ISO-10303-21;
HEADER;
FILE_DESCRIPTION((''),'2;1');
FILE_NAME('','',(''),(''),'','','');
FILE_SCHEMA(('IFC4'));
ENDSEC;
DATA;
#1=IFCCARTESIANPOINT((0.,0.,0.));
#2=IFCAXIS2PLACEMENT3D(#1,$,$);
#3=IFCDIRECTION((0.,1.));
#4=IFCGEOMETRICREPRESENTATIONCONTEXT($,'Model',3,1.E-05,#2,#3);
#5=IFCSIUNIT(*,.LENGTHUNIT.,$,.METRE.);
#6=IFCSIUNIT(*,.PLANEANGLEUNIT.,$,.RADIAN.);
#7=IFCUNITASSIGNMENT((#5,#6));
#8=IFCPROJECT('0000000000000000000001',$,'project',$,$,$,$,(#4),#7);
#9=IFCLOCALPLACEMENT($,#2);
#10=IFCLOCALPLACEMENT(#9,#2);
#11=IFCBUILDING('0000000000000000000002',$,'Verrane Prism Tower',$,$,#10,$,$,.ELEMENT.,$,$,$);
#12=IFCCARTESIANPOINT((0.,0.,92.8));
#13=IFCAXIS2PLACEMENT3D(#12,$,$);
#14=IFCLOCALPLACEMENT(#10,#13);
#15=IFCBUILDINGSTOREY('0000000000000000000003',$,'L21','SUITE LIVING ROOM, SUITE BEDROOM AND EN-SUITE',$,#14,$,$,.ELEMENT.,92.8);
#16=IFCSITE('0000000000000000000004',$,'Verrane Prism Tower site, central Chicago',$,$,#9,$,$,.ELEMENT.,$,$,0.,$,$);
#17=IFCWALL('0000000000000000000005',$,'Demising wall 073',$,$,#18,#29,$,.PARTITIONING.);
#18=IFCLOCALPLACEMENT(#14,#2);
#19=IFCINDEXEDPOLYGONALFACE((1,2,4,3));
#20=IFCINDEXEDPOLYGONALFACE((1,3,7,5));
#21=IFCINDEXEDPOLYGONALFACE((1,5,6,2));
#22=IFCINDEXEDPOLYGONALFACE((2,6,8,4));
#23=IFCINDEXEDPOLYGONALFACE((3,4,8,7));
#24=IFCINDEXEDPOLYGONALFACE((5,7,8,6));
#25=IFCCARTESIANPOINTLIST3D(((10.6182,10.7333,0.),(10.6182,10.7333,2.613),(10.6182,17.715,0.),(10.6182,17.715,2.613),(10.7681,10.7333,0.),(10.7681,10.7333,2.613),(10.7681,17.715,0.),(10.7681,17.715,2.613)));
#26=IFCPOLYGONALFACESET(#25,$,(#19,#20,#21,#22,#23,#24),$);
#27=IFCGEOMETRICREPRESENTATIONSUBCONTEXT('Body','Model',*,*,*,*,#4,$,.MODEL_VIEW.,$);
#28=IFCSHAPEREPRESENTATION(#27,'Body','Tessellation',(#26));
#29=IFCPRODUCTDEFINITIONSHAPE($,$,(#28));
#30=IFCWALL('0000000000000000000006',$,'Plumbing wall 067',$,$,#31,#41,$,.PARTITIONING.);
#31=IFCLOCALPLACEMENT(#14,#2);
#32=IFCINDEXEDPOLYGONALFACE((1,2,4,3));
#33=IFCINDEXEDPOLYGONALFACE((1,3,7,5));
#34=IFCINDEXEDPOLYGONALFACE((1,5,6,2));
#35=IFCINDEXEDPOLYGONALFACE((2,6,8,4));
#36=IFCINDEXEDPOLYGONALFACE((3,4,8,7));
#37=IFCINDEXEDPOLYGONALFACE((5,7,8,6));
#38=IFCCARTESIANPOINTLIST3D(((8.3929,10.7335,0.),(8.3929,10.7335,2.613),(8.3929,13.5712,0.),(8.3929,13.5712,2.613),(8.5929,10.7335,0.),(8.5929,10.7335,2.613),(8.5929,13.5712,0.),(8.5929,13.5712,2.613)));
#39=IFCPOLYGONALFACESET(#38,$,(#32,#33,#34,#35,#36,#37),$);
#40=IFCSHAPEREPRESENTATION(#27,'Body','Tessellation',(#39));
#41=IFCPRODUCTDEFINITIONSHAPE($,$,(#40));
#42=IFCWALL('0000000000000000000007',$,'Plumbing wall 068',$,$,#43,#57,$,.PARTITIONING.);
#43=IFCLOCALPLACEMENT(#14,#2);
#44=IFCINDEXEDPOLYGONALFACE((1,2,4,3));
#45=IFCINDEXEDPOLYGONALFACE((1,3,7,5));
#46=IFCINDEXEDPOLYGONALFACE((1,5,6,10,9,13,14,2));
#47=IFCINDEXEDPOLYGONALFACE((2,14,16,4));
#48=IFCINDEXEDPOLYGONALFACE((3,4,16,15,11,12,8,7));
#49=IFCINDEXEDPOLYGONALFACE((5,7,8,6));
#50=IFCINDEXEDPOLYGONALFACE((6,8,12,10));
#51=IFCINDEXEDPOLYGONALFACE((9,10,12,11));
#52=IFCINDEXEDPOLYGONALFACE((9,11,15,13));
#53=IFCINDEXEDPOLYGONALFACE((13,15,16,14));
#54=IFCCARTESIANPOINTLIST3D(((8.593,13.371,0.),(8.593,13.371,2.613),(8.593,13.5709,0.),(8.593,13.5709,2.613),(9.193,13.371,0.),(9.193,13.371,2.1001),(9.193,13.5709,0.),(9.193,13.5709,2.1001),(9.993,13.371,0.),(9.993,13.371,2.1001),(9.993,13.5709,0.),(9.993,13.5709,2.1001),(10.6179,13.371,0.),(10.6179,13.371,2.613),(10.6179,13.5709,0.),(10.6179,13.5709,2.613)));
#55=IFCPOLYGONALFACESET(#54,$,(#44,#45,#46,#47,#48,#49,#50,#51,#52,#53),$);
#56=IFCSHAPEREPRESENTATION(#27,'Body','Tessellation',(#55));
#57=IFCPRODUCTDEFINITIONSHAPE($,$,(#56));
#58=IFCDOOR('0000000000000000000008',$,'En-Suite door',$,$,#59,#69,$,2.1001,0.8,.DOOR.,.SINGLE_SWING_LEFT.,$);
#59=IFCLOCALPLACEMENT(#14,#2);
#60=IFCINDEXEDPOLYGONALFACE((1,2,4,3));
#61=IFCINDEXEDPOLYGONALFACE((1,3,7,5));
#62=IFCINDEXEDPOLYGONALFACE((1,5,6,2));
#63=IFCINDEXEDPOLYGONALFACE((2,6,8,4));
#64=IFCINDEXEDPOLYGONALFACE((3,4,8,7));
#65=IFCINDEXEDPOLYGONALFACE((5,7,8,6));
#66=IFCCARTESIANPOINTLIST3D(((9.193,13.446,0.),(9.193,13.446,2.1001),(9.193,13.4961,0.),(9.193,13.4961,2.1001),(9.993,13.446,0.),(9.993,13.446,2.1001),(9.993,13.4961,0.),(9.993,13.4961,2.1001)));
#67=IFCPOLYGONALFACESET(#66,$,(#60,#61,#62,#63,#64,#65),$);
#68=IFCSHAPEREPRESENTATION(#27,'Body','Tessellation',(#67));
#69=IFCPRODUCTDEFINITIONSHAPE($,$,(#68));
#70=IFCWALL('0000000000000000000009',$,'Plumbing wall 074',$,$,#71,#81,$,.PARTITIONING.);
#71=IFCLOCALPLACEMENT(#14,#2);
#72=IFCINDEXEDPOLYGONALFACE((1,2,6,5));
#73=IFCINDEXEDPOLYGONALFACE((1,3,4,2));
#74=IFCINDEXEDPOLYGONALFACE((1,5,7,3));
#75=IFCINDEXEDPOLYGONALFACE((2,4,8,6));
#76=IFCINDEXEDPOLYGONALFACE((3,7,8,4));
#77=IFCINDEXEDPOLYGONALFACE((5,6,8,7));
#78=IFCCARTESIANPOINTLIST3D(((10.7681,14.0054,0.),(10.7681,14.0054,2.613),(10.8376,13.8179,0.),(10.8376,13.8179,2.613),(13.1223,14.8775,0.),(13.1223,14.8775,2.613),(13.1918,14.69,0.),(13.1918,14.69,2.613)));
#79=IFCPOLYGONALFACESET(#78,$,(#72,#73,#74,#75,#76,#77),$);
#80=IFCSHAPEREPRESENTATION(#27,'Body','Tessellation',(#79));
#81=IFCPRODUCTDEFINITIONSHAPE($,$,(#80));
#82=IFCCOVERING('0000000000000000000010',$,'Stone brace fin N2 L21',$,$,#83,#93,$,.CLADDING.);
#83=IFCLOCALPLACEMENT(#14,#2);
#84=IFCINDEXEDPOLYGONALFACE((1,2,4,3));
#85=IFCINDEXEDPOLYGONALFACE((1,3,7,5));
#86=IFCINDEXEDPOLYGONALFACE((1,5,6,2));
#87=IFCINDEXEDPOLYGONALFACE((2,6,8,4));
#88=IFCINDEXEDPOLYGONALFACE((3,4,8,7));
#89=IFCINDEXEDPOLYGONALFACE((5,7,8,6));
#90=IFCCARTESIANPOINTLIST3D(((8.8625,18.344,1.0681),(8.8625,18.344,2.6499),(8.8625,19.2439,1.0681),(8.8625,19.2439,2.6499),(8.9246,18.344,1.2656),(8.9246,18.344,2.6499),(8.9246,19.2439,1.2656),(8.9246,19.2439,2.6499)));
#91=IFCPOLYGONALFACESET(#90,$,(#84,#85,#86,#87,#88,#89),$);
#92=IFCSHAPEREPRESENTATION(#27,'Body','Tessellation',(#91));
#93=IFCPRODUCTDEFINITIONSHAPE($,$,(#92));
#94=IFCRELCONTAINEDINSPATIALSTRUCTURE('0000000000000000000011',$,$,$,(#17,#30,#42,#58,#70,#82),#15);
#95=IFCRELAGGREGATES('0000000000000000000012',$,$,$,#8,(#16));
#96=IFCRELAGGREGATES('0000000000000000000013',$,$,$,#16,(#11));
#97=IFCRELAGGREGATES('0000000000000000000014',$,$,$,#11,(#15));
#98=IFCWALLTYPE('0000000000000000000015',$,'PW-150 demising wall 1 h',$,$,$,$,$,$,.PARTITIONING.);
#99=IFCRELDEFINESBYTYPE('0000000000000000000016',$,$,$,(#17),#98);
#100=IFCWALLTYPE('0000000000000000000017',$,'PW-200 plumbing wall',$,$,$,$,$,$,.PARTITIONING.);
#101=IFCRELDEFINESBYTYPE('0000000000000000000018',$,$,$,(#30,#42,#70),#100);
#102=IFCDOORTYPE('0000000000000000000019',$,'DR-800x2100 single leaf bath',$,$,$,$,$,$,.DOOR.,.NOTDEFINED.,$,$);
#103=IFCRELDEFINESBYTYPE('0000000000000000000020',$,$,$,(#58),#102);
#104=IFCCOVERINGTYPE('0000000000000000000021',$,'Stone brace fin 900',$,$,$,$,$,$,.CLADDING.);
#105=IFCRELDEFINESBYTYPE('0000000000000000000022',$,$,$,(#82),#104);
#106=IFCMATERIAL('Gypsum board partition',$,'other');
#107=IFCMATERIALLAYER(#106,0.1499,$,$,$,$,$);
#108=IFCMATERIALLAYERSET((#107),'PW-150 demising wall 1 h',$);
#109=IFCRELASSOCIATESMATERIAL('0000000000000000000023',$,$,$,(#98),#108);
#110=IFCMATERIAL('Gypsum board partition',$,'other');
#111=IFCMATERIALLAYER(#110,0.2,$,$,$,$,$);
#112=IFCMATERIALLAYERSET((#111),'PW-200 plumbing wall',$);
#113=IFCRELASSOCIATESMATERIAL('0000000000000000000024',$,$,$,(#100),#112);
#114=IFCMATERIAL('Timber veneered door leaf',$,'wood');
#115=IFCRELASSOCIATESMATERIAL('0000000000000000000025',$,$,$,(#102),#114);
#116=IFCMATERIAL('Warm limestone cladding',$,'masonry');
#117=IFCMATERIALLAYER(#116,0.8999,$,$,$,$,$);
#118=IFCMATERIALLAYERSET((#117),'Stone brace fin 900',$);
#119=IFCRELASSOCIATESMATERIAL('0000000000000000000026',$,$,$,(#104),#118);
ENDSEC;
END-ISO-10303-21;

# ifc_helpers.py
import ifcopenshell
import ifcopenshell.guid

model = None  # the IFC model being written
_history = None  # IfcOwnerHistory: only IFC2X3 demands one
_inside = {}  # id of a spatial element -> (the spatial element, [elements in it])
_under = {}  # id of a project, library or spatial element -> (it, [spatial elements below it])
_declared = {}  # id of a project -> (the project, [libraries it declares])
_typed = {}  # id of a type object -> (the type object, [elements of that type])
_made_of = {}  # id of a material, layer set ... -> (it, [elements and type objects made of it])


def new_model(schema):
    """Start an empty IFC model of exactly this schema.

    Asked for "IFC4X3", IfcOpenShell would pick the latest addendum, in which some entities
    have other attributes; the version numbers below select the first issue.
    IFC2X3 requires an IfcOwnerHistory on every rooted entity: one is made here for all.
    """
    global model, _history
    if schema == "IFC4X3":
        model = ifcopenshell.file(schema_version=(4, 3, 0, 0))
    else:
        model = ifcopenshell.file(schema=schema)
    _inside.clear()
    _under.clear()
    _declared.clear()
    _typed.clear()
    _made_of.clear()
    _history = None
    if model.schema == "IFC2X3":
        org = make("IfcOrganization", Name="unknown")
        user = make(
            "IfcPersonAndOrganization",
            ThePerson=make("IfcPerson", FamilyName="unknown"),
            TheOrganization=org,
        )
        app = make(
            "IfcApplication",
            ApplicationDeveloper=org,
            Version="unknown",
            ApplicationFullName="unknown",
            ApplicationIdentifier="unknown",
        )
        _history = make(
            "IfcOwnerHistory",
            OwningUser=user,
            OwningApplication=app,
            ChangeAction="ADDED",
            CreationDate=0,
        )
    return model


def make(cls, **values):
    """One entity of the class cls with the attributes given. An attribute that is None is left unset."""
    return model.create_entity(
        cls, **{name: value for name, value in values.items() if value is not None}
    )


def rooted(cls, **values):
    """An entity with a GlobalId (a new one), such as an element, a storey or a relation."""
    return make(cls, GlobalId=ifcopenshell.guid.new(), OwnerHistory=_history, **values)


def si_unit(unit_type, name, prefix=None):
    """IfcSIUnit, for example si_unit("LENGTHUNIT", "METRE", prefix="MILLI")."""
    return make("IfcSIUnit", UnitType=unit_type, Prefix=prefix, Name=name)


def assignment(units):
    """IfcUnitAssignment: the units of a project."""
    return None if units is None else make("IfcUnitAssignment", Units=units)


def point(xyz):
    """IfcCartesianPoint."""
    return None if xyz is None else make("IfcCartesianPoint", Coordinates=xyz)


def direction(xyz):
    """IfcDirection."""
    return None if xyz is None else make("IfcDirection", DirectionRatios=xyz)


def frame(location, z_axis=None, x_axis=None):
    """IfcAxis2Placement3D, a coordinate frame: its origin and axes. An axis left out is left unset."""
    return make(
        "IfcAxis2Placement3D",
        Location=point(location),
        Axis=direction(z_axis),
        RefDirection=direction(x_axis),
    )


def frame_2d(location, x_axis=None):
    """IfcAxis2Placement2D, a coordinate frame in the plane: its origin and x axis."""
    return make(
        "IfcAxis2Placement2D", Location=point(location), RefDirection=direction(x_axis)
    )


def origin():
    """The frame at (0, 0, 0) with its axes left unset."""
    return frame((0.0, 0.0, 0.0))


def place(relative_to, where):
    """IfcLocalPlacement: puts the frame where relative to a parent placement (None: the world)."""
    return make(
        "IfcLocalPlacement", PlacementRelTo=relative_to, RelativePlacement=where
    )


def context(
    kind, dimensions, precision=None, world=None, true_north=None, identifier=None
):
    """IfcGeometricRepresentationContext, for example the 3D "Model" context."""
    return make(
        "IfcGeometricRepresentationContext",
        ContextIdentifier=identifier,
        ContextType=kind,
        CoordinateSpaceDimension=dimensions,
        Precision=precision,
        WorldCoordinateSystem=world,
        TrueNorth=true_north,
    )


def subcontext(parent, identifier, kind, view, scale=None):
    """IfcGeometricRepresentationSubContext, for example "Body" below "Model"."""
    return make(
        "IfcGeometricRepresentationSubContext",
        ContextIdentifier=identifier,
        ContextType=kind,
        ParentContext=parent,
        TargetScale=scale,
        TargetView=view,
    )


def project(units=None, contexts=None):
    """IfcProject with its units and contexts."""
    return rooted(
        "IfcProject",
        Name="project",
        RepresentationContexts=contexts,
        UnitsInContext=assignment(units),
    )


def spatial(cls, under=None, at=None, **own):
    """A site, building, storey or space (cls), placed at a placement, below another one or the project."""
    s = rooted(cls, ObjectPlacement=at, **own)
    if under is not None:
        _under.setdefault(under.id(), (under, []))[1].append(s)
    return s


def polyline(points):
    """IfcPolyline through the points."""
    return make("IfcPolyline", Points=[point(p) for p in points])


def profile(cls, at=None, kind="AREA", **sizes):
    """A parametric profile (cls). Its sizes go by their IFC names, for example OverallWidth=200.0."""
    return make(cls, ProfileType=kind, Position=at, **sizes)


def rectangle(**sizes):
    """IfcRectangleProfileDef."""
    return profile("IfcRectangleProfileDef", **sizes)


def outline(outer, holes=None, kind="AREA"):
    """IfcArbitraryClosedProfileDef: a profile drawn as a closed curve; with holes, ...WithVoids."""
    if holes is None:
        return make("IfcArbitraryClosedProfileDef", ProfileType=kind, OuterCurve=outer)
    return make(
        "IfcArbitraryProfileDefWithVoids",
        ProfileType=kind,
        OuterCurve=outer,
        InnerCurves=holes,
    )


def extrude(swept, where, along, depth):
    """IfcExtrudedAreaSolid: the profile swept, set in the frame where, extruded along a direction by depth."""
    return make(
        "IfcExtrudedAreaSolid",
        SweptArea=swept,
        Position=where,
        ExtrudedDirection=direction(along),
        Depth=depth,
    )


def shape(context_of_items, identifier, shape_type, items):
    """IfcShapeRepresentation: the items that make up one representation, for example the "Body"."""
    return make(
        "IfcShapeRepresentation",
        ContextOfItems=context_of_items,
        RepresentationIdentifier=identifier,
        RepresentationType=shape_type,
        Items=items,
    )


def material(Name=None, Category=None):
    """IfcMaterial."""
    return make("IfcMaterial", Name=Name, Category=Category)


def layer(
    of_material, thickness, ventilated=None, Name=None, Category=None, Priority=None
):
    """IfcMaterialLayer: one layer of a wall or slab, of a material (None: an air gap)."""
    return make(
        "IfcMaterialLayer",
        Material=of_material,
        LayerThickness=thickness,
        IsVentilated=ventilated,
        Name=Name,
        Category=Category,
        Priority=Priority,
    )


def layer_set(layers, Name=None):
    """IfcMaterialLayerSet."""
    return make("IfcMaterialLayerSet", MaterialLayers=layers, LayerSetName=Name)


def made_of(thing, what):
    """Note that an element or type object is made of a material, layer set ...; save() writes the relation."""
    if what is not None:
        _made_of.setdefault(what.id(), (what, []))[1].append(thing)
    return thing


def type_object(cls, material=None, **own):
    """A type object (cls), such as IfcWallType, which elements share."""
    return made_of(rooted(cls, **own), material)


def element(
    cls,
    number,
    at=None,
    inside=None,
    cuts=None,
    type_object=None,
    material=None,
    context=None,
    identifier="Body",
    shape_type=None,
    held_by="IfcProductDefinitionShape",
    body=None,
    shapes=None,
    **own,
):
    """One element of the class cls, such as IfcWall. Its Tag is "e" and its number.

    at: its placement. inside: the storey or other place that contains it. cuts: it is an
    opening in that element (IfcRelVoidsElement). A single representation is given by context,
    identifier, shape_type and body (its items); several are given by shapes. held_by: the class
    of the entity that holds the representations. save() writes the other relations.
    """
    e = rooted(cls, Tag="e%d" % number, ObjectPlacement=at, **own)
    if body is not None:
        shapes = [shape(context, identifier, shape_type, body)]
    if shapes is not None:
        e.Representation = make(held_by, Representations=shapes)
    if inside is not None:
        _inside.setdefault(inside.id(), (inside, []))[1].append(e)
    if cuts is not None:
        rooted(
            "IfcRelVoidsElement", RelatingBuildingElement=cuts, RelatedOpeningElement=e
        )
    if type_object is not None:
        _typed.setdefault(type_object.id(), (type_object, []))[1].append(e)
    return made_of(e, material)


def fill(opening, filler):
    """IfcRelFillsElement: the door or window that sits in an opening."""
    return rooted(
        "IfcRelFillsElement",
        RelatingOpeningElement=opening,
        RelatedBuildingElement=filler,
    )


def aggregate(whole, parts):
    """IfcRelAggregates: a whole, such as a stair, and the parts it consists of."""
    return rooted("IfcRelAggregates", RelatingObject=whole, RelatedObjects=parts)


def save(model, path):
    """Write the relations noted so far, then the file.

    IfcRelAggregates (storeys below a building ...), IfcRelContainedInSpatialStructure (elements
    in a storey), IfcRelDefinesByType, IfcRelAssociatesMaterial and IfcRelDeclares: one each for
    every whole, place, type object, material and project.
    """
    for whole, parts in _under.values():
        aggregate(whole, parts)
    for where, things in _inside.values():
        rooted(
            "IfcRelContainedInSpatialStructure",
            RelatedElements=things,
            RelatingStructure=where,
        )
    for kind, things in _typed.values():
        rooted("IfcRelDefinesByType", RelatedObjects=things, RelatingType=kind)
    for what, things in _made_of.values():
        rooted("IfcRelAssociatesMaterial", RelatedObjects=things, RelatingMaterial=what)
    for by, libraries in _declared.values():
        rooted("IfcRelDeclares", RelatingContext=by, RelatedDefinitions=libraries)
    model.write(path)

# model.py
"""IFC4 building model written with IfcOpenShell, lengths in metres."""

from ifc_helpers import new_model, si_unit, direction, frame, frame_2d, origin, place, context, subcontext, project, spatial, polyline, rectangle, outline, extrude, material, layer, layer_set, type_object, element, fill, save


model = new_model("IFC4")

# Units and contexts
model_context = context("Model", 3, precision=1e-05, world=origin(), true_north=direction((0.0, 1.0)))
body_context = subcontext(model_context, "Body", "Model", "MODEL_VIEW")
ifc_project = project(units=[si_unit("LENGTHUNIT", "METRE"), si_unit("PLANEANGLEUNIT", "RADIAN")], contexts=[model_context])

# Site, building, storey
site_placement = place(None, origin())
site = spatial("IfcSite", under=ifc_project, at=site_placement, Name="Verrane Prism Tower site, central Chicago", CompositionType="ELEMENT", RefElevation=0.0)
building_placement = place(site_placement, origin())
building = spatial("IfcBuilding", under=site, at=building_placement, Name="Verrane Prism Tower", CompositionType="ELEMENT")
storey_placement = place(building_placement, frame((0.0, 0.0, 92.8)))
storey = spatial("IfcBuildingStorey", under=building, at=storey_placement, Name="L21", Description="SUITE LIVING ROOM, SUITE BEDROOM AND EN-SUITE", CompositionType="ELEMENT", Elevation=92.8)

# Walls
ifc_material_1 = material(Name="Gypsum board partition", Category="other")
ifc_layer_1 = layer(ifc_material_1, 0.1499)
ifc_layer_set_1 = layer_set([ifc_layer_1], Name="PW-150 demising wall 1 h")
wall_type_1 = type_object("IfcWallType", Name="PW-150 demising wall 1 h", PredefinedType="PARTITIONING", material=ifc_layer_set_1)
for number, where, z_axis, x_axis, name in (
    (1, (10.6931, 10.7334, 0.0), (0.0, 0.0, 1.0), (0.0, 1.0, 0.0), "Demising wall 073"),
):
    element("IfcWall", number, at=place(storey_placement, frame(where, z_axis=z_axis, x_axis=x_axis)), inside=storey, type_object=wall_type_1, Name=name, PredefinedType="PARTITIONING", context=body_context, shape_type="SweptSolid", body=[
        extrude(rectangle(XDim=6.9817, YDim=0.1499, at=frame_2d((3.4907, 0.0))), origin(), (0.0, 0.0, 1.0), 2.613),
    ])
ifc_material_2 = material(Name="Gypsum board partition", Category="other")
ifc_layer_2 = layer(ifc_material_2, 0.2)
ifc_layer_set_2 = layer_set([ifc_layer_2], Name="PW-200 plumbing wall")
wall_type_2 = type_object("IfcWallType", Name="PW-200 plumbing wall", PredefinedType="PARTITIONING", material=ifc_layer_set_2)
wall_1_placement = place(storey_placement, frame((8.4929, 10.7334, 0.0), z_axis=(0.0, 0.0, 1.0), x_axis=(0.0, 1.0, 0.0)))
element("IfcWall", 2, at=wall_1_placement, inside=storey, type_object=wall_type_2, Name="Plumbing wall 067", PredefinedType="PARTITIONING", context=body_context, shape_type="SweptSolid", body=[
    extrude(rectangle(XDim=2.8376, YDim=0.2, at=frame_2d((1.4189, 0.0))), origin(), (0.0, 0.0, 1.0), 2.613),
])

# Wall, opening, door
wall_2_placement = place(storey_placement, frame((10.6179, 13.4709, 0.0), z_axis=(0.0, 0.0, 1.0), x_axis=(-1.0, 0.0, 0.0)))
wall_2 = element("IfcWall", 3, at=wall_2_placement, inside=storey, type_object=wall_type_2, Name="Plumbing wall 068", PredefinedType="PARTITIONING", context=body_context, shape_type="SweptSolid", body=[
    extrude(rectangle(XDim=2.0249, YDim=0.2, at=frame_2d((1.0125, 0.0))), origin(), (0.0, 0.0, 1.0), 2.613),
])
opening_1_placement = place(wall_2_placement, frame((0.625, 0.0, 0.0)))
opening_1 = element("IfcOpeningElement", 4, at=opening_1_placement, cuts=wall_2, PredefinedType="OPENING", context=body_context, shape_type="SweptSolid", body=[
    extrude(rectangle(XDim=0.8, YDim=2.1001, at=frame_2d((0.3999, 1.05))), frame((0.0, 0.1099, 0.0), z_axis=(0.0, -1.0, 0.0), x_axis=(1.0, 0.0, 0.0)), (0.0, 0.0, 1.0), 0.22),
])
ifc_material_3 = material(Name="Timber veneered door leaf", Category="wood")
door_type_1 = type_object("IfcDoorType", Name="DR-800x2100 single leaf bath", OperationType="NOTDEFINED", PredefinedType="DOOR", material=ifc_material_3)
door_1_placement = place(opening_1_placement, origin())
door_1 = element("IfcDoor", 5, at=door_1_placement, inside=storey, type_object=door_type_1, Name="En-Suite door", OperationType="SINGLE_SWING_LEFT", OverallHeight=2.1001, OverallWidth=0.8, PredefinedType="DOOR", context=body_context, shape_type="SweptSolid", body=[
    extrude(rectangle(XDim=0.8, YDim=2.1001, at=frame_2d((0.3999, 1.05))), frame((0.0, 0.0249, 0.0), z_axis=(0.0, -1.0, 0.0), x_axis=(1.0, 0.0, 0.0)), (0.0, 0.0, 1.0), 0.05),
])
fill(opening_1, door_1)

# Wall
wall_3_placement = place(storey_placement, frame((10.8027, 13.9116, 0.0), z_axis=(0.0, 0.0, 1.0), x_axis=(0.937732, 0.347359, 0.0)))
element("IfcWall", 6, at=wall_3_placement, inside=storey, type_object=wall_type_2, Name="Plumbing wall 074", PredefinedType="PARTITIONING", context=body_context, shape_type="SweptSolid", body=[
    extrude(rectangle(XDim=2.5105, YDim=0.2, at=frame_2d((1.2554, 0.0))), origin(), (0.0, 0.0, 1.0), 2.613),
])

# Covering
ifc_material_4 = material(Name="Warm limestone cladding", Category="masonry")
ifc_layer_3 = layer(ifc_material_4, 0.8999)
ifc_layer_set_3 = layer_set([ifc_layer_3], Name="Stone brace fin 900")
covering_type = type_object("IfcCoveringType", Name="Stone brace fin 900", PredefinedType="CLADDING", material=ifc_layer_set_3)
covering_placement = place(storey_placement, frame((8.8625, 18.7939, 1.0681), z_axis=(0.0, 0.0, 1.0), x_axis=(1.0, 0.0, 0.0)))
element("IfcCovering", 7, at=covering_placement, inside=storey, type_object=covering_type, Name="Stone brace fin N2 L21", PredefinedType="CLADDING", context=body_context, shape_type="SweptSolid", body=[
    extrude(outline(polyline([(0.062, 1.5818), (0.0, 1.5818), (0.0, 0.0), (0.062, 0.1975), (0.062, 1.5818)])), frame((0.0, 0.45, 0.0), z_axis=(0.0, -1.0, 0.0), x_axis=(1.0, 0.0, 0.0)), (0.0, 0.0, 1.0), 0.8999),
])

save(model, "model.ifc")
